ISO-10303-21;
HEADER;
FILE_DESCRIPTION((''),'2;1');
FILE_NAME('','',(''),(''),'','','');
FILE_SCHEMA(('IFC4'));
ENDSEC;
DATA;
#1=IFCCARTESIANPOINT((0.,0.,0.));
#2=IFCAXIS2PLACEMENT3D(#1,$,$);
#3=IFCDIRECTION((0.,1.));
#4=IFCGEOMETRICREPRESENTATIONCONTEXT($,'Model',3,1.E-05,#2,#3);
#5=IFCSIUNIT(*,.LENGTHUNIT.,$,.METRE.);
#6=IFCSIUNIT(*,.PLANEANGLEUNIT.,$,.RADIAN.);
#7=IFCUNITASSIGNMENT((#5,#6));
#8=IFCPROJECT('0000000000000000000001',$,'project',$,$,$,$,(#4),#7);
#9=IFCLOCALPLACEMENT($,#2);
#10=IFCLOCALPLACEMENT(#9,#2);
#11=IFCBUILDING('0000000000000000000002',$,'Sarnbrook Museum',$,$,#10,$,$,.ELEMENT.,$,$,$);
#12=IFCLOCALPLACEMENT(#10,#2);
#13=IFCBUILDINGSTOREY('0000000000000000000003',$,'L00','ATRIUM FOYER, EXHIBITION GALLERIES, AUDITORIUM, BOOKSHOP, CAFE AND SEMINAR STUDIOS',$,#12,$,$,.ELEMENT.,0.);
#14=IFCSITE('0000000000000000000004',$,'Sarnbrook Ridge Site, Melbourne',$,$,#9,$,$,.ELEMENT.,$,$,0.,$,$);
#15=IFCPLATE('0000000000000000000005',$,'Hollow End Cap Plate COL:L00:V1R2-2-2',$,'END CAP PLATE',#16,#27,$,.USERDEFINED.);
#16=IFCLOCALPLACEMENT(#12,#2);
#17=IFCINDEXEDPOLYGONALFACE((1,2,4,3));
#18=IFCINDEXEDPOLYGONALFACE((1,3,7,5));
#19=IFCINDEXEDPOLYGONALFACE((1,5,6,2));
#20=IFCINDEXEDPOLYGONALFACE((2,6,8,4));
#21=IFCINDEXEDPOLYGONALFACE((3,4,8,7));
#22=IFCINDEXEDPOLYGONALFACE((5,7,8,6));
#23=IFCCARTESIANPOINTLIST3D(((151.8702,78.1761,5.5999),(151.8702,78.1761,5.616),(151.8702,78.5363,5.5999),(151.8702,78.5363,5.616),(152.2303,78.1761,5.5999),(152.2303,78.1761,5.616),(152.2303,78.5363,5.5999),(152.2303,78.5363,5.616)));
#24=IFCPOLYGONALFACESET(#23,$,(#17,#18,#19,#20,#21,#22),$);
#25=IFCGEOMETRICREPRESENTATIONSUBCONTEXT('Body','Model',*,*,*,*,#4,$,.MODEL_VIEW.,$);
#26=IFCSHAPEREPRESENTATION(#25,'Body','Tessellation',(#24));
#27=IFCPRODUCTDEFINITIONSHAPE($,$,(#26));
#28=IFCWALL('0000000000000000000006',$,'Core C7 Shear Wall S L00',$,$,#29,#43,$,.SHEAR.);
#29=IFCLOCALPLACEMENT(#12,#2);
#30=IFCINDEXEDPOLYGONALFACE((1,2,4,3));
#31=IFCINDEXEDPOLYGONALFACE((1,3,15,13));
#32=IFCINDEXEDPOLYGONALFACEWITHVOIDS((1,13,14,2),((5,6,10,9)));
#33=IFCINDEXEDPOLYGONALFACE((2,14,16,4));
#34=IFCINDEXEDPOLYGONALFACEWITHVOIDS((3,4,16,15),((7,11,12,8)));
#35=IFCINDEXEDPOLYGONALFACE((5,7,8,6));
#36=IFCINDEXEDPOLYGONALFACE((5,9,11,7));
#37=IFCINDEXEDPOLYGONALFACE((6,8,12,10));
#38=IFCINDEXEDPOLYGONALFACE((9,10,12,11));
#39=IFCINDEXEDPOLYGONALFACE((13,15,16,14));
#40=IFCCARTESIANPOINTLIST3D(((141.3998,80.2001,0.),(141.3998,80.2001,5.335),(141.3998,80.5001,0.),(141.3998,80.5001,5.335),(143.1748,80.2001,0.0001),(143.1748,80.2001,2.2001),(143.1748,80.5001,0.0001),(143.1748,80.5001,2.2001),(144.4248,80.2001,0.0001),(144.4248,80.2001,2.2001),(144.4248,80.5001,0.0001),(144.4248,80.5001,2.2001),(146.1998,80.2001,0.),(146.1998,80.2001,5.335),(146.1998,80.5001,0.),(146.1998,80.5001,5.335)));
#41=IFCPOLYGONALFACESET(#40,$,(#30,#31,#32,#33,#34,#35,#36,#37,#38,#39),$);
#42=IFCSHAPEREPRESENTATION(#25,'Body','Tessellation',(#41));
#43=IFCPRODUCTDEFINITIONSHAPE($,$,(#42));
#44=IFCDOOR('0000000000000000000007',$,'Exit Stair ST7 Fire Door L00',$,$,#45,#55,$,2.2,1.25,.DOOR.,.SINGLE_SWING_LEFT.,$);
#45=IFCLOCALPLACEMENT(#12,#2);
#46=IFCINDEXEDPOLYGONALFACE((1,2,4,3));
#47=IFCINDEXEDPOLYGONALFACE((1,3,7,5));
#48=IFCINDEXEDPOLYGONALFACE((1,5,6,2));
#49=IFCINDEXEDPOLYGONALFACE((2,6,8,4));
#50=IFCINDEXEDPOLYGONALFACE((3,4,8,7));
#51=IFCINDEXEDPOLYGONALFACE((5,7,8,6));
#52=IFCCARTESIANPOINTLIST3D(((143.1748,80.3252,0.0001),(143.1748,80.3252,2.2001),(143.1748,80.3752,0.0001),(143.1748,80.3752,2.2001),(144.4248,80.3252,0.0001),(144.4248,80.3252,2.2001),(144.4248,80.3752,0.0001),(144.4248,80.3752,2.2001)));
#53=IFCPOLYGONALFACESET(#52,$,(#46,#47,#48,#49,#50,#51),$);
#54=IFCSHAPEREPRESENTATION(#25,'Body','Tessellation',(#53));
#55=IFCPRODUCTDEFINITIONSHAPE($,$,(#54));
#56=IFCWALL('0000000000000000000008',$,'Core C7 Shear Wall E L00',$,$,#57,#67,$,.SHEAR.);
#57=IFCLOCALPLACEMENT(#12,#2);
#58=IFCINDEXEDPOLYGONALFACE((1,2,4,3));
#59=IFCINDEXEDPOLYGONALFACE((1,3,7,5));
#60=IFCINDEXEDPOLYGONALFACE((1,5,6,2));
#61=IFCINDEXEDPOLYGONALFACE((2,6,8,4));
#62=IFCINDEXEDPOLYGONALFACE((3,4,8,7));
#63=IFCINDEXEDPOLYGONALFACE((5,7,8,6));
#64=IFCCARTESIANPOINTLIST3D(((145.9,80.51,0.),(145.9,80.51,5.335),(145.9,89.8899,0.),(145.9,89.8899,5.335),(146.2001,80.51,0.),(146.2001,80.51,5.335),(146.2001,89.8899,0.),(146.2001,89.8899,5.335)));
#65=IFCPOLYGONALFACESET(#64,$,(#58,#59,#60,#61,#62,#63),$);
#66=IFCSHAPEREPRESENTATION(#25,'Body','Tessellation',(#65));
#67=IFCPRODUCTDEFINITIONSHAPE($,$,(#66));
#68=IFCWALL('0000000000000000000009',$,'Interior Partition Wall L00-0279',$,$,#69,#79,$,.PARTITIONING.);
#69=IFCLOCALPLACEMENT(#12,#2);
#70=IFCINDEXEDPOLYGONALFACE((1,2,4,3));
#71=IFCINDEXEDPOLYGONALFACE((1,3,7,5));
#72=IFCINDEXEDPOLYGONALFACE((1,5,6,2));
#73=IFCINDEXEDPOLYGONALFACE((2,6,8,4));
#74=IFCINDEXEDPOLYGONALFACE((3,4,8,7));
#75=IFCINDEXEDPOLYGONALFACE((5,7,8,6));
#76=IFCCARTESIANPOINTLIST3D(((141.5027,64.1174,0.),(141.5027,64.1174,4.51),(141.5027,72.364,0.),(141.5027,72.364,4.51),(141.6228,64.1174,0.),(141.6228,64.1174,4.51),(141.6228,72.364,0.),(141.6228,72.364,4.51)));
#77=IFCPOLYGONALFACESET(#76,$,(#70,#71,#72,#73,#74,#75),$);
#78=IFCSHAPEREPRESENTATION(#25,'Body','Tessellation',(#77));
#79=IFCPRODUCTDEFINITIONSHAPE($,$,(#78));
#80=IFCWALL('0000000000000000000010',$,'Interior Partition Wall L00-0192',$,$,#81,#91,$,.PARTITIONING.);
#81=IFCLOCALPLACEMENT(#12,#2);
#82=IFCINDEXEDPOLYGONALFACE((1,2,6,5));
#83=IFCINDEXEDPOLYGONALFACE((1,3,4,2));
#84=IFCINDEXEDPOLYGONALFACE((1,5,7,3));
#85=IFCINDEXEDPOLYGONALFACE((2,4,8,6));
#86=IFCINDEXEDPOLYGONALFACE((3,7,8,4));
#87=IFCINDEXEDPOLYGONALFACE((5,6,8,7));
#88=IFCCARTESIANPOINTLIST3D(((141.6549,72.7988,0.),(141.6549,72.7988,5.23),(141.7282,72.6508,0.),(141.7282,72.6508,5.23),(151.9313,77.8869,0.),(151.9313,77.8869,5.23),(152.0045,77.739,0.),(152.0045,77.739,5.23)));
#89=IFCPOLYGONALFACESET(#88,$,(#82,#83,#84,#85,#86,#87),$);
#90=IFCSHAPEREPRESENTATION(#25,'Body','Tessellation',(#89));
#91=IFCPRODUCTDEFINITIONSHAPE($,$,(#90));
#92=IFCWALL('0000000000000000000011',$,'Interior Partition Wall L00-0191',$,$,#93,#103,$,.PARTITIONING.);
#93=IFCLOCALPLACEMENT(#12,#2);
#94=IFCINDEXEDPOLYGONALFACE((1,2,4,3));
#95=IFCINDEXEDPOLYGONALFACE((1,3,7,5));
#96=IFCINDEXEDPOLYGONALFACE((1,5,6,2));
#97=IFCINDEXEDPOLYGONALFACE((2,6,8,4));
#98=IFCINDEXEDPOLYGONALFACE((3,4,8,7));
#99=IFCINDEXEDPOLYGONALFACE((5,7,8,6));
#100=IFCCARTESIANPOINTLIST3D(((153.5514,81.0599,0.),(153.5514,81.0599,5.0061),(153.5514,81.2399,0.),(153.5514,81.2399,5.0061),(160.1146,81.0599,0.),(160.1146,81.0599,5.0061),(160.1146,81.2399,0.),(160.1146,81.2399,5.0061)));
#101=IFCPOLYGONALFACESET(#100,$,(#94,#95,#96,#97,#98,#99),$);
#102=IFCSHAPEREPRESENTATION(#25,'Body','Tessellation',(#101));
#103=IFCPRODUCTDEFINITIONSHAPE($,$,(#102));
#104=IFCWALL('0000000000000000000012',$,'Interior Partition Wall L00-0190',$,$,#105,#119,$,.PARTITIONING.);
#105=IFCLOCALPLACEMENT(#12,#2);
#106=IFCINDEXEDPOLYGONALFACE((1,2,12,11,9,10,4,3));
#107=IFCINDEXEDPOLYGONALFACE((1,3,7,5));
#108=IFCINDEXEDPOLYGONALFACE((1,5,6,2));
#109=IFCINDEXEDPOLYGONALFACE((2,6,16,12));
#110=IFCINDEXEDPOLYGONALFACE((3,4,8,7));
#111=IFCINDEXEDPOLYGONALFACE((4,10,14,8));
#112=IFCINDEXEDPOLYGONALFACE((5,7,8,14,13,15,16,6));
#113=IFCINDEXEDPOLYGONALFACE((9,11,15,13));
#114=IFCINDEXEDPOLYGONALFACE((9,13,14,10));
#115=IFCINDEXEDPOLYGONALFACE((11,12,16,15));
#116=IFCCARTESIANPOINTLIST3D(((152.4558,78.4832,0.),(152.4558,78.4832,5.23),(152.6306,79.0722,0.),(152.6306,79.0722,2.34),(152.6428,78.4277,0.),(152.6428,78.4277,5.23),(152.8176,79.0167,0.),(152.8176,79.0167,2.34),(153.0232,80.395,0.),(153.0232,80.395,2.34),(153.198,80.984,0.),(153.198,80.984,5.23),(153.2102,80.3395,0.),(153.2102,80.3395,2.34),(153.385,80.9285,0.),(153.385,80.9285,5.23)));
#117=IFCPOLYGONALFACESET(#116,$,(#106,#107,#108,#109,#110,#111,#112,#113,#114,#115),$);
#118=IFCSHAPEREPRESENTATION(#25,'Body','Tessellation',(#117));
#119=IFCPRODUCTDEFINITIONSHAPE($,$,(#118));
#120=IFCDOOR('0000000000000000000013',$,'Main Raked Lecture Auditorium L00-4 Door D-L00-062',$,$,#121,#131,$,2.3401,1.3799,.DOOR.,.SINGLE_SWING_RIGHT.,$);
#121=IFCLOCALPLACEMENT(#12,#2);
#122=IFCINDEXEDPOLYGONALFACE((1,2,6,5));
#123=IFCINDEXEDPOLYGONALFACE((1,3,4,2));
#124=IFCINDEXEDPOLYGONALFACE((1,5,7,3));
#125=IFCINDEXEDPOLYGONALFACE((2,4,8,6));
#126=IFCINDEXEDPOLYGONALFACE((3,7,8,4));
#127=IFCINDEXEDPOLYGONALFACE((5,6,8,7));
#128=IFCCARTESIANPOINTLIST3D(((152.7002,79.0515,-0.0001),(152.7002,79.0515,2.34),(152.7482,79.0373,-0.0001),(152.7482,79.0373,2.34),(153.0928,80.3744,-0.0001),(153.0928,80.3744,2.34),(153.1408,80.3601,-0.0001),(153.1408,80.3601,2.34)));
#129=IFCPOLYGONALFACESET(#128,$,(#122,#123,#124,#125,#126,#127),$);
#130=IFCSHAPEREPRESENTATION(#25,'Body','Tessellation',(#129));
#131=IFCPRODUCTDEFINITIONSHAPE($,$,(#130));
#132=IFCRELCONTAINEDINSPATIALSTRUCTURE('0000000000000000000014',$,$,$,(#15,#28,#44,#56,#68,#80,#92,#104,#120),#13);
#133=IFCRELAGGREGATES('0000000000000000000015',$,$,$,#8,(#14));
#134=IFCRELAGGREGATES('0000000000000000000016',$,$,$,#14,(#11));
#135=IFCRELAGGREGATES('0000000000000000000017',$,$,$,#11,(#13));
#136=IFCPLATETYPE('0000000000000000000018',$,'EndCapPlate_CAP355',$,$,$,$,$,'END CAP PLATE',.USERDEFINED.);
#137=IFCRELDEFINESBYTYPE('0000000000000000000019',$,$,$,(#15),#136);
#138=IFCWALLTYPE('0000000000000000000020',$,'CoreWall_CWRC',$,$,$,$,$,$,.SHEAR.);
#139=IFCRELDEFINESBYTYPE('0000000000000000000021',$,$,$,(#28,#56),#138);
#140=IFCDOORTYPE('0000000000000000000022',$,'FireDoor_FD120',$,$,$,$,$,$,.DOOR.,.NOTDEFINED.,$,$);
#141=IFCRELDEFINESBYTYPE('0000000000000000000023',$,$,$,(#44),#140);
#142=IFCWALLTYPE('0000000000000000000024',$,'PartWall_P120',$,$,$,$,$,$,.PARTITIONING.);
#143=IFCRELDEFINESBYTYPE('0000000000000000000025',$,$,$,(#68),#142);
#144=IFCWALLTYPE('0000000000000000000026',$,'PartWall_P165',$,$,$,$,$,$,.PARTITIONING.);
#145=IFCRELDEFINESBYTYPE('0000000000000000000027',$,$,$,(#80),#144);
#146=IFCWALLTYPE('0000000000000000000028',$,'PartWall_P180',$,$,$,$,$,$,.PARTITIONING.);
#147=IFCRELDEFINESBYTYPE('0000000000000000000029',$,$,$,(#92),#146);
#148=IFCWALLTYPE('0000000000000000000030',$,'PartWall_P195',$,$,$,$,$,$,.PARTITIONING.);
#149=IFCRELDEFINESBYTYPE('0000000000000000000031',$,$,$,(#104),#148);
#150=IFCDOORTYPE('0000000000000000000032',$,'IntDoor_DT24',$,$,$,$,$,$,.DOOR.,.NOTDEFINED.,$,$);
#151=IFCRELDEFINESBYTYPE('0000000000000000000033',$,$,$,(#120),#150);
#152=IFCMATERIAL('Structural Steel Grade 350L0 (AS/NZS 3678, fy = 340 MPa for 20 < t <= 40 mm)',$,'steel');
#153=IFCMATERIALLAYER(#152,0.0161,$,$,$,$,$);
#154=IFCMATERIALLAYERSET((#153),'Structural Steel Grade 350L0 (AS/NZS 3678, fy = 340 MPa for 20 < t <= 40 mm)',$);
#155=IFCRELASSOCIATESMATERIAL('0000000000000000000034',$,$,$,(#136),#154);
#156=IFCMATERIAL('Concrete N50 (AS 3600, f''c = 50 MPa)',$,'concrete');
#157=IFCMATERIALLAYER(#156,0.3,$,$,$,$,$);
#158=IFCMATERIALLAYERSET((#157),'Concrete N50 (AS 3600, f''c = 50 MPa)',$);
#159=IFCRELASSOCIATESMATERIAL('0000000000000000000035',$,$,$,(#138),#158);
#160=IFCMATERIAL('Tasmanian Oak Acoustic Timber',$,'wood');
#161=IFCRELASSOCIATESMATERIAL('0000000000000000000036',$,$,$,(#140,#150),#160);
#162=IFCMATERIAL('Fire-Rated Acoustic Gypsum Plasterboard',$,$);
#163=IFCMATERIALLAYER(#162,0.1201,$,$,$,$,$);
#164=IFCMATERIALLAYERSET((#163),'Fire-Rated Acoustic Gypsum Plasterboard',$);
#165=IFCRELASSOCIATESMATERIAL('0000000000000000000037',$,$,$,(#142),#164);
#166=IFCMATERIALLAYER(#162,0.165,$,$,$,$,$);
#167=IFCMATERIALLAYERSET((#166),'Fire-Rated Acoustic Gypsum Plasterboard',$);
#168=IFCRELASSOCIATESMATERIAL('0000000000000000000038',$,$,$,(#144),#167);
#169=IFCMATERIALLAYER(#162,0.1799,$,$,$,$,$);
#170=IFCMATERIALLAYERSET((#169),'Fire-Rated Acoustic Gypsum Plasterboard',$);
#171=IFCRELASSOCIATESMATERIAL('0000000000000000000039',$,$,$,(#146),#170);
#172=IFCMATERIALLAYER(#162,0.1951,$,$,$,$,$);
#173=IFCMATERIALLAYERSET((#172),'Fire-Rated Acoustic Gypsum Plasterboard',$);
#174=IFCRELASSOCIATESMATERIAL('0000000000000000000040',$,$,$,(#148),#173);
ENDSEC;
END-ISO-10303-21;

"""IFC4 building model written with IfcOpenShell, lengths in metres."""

from ifc_helpers import new_model, si_unit, direction, frame, frame_2d, origin, origin_2d, place, context, subcontext, project, spatial, rectangle, extrude, material, layer, layer_set, type_object, element, fill, save


model = new_model("IFC4")

# Units and contexts
model_context = context("Model", 3, precision=1e-05, world=origin(), true_north=direction((0.0, 1.0)))
body_context = subcontext(model_context, "Body", "Model", "MODEL_VIEW")
ifc_project = project(units=[si_unit("LENGTHUNIT", "METRE"), si_unit("PLANEANGLEUNIT", "RADIAN")], contexts=[model_context])

# Site, building, storey
site_placement = place(None, origin())
site = spatial("IfcSite", under=ifc_project, at=site_placement, Name="Sarnbrook Ridge Site, Melbourne", CompositionType="ELEMENT", RefElevation=0.0)
building_placement = place(site_placement, origin())
building = spatial("IfcBuilding", under=site, at=building_placement, Name="Sarnbrook Museum", CompositionType="ELEMENT")
storey_placement = place(building_placement, origin())
storey = spatial("IfcBuildingStorey", under=building, at=storey_placement, Name="L00", Description="ATRIUM FOYER, EXHIBITION GALLERIES, AUDITORIUM, BOOKSHOP, CAFE AND SEMINAR STUDIOS", CompositionType="ELEMENT", Elevation=0.0)

# Shared definitions
ifc_material_1 = material(Name="Structural Steel Grade 350L0 (AS/NZS 3678, fy = 340 MPa for 20 < t <= 40 mm)", Category="steel")

# Plate
ifc_layer_1 = layer(ifc_material_1, 0.0161)
ifc_layer_set_1 = layer_set([ifc_layer_1], Name="Structural Steel Grade 350L0 (AS/NZS 3678, fy = 340 MPa for 20 < t <= 40 mm)")
plate_type = type_object("IfcPlateType", Name="EndCapPlate_CAP355", ElementType="END CAP PLATE", PredefinedType="USERDEFINED", material=ifc_layer_set_1)
for number, where, z_axis, x_axis, name in (
    (1, (152.0503, 78.3562, 5.5999), (0.0, 0.0, 1.0), (1.0, 0.0, 0.0), "Hollow End Cap Plate COL:L00:V1R2-2-2"),
):
    element("IfcPlate", number, at=place(storey_placement, frame(where, z_axis=z_axis, x_axis=x_axis)), inside=storey, type_object=plate_type, Name=name, ObjectType="END CAP PLATE", PredefinedType="USERDEFINED", context=body_context, shape_type="SweptSolid", body=[
        extrude(rectangle(XDim=0.3601, YDim=0.3601, at=origin_2d()), origin(), (0.0, 0.0, 1.0), 0.0161),
    ])

# Wall, opening, door
ifc_material_2 = material(Name="Concrete N50 (AS 3600, f'c = 50 MPa)", Category="concrete")
ifc_layer_2 = layer(ifc_material_2, 0.3)
ifc_layer_set_2 = layer_set([ifc_layer_2], Name="Concrete N50 (AS 3600, f'c = 50 MPa)")
wall_type_1 = type_object("IfcWallType", Name="CoreWall_CWRC", PredefinedType="SHEAR", material=ifc_layer_set_2)
wall_1_placement = place(storey_placement, frame((141.3999, 80.3501, 0.0), z_axis=(0.0, 0.0, 1.0), x_axis=(1.0, 0.0, 0.0)))
wall_1 = element("IfcWall", 2, at=wall_1_placement, inside=storey, type_object=wall_type_1, Name="Core C7 Shear Wall S L00", PredefinedType="SHEAR", context=body_context, shape_type="SweptSolid", body=[
    extrude(rectangle(XDim=4.8, YDim=0.3, at=frame_2d((2.3999, 0.0))), origin(), (0.0, 0.0, 1.0), 5.335),
])
opening_1_placement = place(wall_1_placement, frame((1.7749, 0.0, 0.0)))
opening_1 = element("IfcOpeningElement", 3, at=opening_1_placement, cuts=wall_1, PredefinedType="OPENING", context=body_context, shape_type="SweptSolid", body=[
    extrude(rectangle(XDim=1.25, YDim=2.2, at=frame_2d((0.625, 1.1001))), frame((0.0, 0.1602, 0.0), z_axis=(0.0, -1.0, 0.0), x_axis=(1.0, 0.0, 0.0)), (0.0, 0.0, 1.0), 0.3201),
])
ifc_material_3 = material(Name="Tasmanian Oak Acoustic Timber", Category="wood")
door_type_1 = type_object("IfcDoorType", Name="FireDoor_FD120", OperationType="NOTDEFINED", PredefinedType="DOOR", material=ifc_material_3)
door_1_placement = place(opening_1_placement, frame((1.25, 0.0, 0.0), z_axis=(0.0, 0.0, 1.0), x_axis=(-1.0, 0.0, 0.0)))
door_1 = element("IfcDoor", 4, at=door_1_placement, inside=storey, type_object=door_type_1, Name="Exit Stair ST7 Fire Door L00", OperationType="SINGLE_SWING_LEFT", OverallHeight=2.2, OverallWidth=1.25, PredefinedType="DOOR", context=body_context, shape_type="SweptSolid", body=[
    extrude(rectangle(XDim=1.25, YDim=2.2, at=frame_2d((0.625, 1.1001))), frame((0.0, 0.0249, 0.0), z_axis=(0.0, -1.0, 0.0), x_axis=(1.0, 0.0, 0.0)), (0.0, 0.0, 1.0), 0.05),
])
fill(opening_1, door_1)

# Walls
wall_2_placement = place(storey_placement, frame((146.05, 80.51, 0.0), z_axis=(0.0, 0.0, 1.0), x_axis=(0.0, 1.0, 0.0)))
element("IfcWall", 5, at=wall_2_placement, inside=storey, type_object=wall_type_1, Name="Core C7 Shear Wall E L00", PredefinedType="SHEAR", context=body_context, shape_type="SweptSolid", body=[
    extrude(rectangle(XDim=9.3799, YDim=0.3, at=frame_2d((4.6899, 0.0))), origin(), (0.0, 0.0, 1.0), 5.335),
])
ifc_material_4 = material(Name="Fire-Rated Acoustic Gypsum Plasterboard")
ifc_layer_3 = layer(ifc_material_4, 0.1201)
ifc_layer_set_3 = layer_set([ifc_layer_3], Name="Fire-Rated Acoustic Gypsum Plasterboard")
wall_type_2 = type_object("IfcWallType", Name="PartWall_P120", PredefinedType="PARTITIONING", material=ifc_layer_set_3)
wall_3_placement = place(storey_placement, frame((141.5627, 72.364, 0.0), z_axis=(0.0, 0.0, 1.0), x_axis=(0.0, -1.0, 0.0)))
element("IfcWall", 6, at=wall_3_placement, inside=storey, type_object=wall_type_2, Name="Interior Partition Wall L00-0279", PredefinedType="PARTITIONING", context=body_context, shape_type="SweptSolid", body=[
    extrude(rectangle(XDim=8.2466, YDim=0.1201, at=frame_2d((4.1233, 0.0))), origin(), (0.0, 0.0, 1.0), 4.51),
])
ifc_layer_4 = layer(ifc_material_4, 0.165)
ifc_layer_set_4 = layer_set([ifc_layer_4], Name="Fire-Rated Acoustic Gypsum Plasterboard")
wall_type_3 = type_object("IfcWallType", Name="PartWall_P165", PredefinedType="PARTITIONING", material=ifc_layer_set_4)
wall_4_placement = place(storey_placement, frame((141.6917, 72.7249, 0.0), z_axis=(0.0, 0.0, 1.0), x_axis=(0.896166, 0.443719, 0.0)))
element("IfcWall", 7, at=wall_4_placement, inside=storey, type_object=wall_type_3, Name="Interior Partition Wall L00-0192", PredefinedType="PARTITIONING", context=body_context, shape_type="SweptSolid", body=[
    extrude(rectangle(XDim=11.467, YDim=0.165, at=frame_2d((5.7334, 0.0))), origin(), (0.0, 0.0, 1.0), 5.23),
])
ifc_layer_5 = layer(ifc_material_4, 0.1799)
ifc_layer_set_5 = layer_set([ifc_layer_5], Name="Fire-Rated Acoustic Gypsum Plasterboard")
wall_type_4 = type_object("IfcWallType", Name="PartWall_P180", PredefinedType="PARTITIONING", material=ifc_layer_set_5)
wall_5_placement = place(storey_placement, frame((153.5513, 81.1499, 0.0), z_axis=(0.0, 0.0, 1.0), x_axis=(1.0, 0.0, 0.0)))
element("IfcWall", 8, at=wall_5_placement, inside=storey, type_object=wall_type_4, Name="Interior Partition Wall L00-0191", PredefinedType="PARTITIONING", context=body_context, shape_type="SweptSolid", body=[
    extrude(rectangle(XDim=6.5632, YDim=0.1799, at=frame_2d((3.2817, 0.0))), origin(), (0.0, 0.0, 1.0), 5.0061),
])

# Wall, opening, door
ifc_layer_6 = layer(ifc_material_4, 0.1951)
ifc_layer_set_6 = layer_set([ifc_layer_6], Name="Fire-Rated Acoustic Gypsum Plasterboard")
wall_type_5 = type_object("IfcWallType", Name="PartWall_P195", PredefinedType="PARTITIONING", material=ifc_layer_set_6)
wall_6_placement = place(storey_placement, frame((152.5493, 78.4556, 0.0), z_axis=(0.0, 0.0, 1.0), x_axis=(0.284522, 0.95867, 0.0)))
wall_6 = element("IfcWall", 9, at=wall_6_placement, inside=storey, type_object=wall_type_5, Name="Interior Partition Wall L00-0190", PredefinedType="PARTITIONING", context=body_context, shape_type="SweptSolid", body=[
    extrude(rectangle(XDim=2.6086, YDim=0.1951, at=frame_2d((1.3042, 0.0))), origin(), (0.0, 0.0, 1.0), 5.23),
])
opening_2_placement = place(wall_6_placement, frame((0.6143, 0.0, 0.0)))
opening_2 = element("IfcOpeningElement", 10, at=opening_2_placement, cuts=wall_6, PredefinedType="OPENING", context=body_context, shape_type="SweptSolid", body=[
    extrude(rectangle(XDim=1.3799, YDim=2.3401, at=frame_2d((0.6899, 1.1699))), frame((0.0, 0.1074, 0.0), z_axis=(0.0, -1.0, 0.0), x_axis=(1.0, 0.0, 0.0)), (0.0, 0.0, 1.0), 0.2151),
])
door_type_2 = type_object("IfcDoorType", Name="IntDoor_DT24", OperationType="NOTDEFINED", PredefinedType="DOOR", material=ifc_material_3)
door_2_placement = place(opening_2_placement, origin())
door_2 = element("IfcDoor", 11, at=door_2_placement, inside=storey, type_object=door_type_2, Name="Main Raked Lecture Auditorium L00-4 Door D-L00-062", OperationType="SINGLE_SWING_RIGHT", OverallHeight=2.3401, OverallWidth=1.3799, PredefinedType="DOOR", context=body_context, shape_type="SweptSolid", body=[
    extrude(rectangle(XDim=1.3799, YDim=2.3401, at=frame_2d((0.6899, 1.1699))), frame((0.0, 0.0249, 0.0), z_axis=(0.0, -1.0, 0.0), x_axis=(1.0, 0.0, 0.0)), (0.0, 0.0, 1.0), 0.05),
])
fill(opening_2, door_2)

save(model, "model.ifc")
